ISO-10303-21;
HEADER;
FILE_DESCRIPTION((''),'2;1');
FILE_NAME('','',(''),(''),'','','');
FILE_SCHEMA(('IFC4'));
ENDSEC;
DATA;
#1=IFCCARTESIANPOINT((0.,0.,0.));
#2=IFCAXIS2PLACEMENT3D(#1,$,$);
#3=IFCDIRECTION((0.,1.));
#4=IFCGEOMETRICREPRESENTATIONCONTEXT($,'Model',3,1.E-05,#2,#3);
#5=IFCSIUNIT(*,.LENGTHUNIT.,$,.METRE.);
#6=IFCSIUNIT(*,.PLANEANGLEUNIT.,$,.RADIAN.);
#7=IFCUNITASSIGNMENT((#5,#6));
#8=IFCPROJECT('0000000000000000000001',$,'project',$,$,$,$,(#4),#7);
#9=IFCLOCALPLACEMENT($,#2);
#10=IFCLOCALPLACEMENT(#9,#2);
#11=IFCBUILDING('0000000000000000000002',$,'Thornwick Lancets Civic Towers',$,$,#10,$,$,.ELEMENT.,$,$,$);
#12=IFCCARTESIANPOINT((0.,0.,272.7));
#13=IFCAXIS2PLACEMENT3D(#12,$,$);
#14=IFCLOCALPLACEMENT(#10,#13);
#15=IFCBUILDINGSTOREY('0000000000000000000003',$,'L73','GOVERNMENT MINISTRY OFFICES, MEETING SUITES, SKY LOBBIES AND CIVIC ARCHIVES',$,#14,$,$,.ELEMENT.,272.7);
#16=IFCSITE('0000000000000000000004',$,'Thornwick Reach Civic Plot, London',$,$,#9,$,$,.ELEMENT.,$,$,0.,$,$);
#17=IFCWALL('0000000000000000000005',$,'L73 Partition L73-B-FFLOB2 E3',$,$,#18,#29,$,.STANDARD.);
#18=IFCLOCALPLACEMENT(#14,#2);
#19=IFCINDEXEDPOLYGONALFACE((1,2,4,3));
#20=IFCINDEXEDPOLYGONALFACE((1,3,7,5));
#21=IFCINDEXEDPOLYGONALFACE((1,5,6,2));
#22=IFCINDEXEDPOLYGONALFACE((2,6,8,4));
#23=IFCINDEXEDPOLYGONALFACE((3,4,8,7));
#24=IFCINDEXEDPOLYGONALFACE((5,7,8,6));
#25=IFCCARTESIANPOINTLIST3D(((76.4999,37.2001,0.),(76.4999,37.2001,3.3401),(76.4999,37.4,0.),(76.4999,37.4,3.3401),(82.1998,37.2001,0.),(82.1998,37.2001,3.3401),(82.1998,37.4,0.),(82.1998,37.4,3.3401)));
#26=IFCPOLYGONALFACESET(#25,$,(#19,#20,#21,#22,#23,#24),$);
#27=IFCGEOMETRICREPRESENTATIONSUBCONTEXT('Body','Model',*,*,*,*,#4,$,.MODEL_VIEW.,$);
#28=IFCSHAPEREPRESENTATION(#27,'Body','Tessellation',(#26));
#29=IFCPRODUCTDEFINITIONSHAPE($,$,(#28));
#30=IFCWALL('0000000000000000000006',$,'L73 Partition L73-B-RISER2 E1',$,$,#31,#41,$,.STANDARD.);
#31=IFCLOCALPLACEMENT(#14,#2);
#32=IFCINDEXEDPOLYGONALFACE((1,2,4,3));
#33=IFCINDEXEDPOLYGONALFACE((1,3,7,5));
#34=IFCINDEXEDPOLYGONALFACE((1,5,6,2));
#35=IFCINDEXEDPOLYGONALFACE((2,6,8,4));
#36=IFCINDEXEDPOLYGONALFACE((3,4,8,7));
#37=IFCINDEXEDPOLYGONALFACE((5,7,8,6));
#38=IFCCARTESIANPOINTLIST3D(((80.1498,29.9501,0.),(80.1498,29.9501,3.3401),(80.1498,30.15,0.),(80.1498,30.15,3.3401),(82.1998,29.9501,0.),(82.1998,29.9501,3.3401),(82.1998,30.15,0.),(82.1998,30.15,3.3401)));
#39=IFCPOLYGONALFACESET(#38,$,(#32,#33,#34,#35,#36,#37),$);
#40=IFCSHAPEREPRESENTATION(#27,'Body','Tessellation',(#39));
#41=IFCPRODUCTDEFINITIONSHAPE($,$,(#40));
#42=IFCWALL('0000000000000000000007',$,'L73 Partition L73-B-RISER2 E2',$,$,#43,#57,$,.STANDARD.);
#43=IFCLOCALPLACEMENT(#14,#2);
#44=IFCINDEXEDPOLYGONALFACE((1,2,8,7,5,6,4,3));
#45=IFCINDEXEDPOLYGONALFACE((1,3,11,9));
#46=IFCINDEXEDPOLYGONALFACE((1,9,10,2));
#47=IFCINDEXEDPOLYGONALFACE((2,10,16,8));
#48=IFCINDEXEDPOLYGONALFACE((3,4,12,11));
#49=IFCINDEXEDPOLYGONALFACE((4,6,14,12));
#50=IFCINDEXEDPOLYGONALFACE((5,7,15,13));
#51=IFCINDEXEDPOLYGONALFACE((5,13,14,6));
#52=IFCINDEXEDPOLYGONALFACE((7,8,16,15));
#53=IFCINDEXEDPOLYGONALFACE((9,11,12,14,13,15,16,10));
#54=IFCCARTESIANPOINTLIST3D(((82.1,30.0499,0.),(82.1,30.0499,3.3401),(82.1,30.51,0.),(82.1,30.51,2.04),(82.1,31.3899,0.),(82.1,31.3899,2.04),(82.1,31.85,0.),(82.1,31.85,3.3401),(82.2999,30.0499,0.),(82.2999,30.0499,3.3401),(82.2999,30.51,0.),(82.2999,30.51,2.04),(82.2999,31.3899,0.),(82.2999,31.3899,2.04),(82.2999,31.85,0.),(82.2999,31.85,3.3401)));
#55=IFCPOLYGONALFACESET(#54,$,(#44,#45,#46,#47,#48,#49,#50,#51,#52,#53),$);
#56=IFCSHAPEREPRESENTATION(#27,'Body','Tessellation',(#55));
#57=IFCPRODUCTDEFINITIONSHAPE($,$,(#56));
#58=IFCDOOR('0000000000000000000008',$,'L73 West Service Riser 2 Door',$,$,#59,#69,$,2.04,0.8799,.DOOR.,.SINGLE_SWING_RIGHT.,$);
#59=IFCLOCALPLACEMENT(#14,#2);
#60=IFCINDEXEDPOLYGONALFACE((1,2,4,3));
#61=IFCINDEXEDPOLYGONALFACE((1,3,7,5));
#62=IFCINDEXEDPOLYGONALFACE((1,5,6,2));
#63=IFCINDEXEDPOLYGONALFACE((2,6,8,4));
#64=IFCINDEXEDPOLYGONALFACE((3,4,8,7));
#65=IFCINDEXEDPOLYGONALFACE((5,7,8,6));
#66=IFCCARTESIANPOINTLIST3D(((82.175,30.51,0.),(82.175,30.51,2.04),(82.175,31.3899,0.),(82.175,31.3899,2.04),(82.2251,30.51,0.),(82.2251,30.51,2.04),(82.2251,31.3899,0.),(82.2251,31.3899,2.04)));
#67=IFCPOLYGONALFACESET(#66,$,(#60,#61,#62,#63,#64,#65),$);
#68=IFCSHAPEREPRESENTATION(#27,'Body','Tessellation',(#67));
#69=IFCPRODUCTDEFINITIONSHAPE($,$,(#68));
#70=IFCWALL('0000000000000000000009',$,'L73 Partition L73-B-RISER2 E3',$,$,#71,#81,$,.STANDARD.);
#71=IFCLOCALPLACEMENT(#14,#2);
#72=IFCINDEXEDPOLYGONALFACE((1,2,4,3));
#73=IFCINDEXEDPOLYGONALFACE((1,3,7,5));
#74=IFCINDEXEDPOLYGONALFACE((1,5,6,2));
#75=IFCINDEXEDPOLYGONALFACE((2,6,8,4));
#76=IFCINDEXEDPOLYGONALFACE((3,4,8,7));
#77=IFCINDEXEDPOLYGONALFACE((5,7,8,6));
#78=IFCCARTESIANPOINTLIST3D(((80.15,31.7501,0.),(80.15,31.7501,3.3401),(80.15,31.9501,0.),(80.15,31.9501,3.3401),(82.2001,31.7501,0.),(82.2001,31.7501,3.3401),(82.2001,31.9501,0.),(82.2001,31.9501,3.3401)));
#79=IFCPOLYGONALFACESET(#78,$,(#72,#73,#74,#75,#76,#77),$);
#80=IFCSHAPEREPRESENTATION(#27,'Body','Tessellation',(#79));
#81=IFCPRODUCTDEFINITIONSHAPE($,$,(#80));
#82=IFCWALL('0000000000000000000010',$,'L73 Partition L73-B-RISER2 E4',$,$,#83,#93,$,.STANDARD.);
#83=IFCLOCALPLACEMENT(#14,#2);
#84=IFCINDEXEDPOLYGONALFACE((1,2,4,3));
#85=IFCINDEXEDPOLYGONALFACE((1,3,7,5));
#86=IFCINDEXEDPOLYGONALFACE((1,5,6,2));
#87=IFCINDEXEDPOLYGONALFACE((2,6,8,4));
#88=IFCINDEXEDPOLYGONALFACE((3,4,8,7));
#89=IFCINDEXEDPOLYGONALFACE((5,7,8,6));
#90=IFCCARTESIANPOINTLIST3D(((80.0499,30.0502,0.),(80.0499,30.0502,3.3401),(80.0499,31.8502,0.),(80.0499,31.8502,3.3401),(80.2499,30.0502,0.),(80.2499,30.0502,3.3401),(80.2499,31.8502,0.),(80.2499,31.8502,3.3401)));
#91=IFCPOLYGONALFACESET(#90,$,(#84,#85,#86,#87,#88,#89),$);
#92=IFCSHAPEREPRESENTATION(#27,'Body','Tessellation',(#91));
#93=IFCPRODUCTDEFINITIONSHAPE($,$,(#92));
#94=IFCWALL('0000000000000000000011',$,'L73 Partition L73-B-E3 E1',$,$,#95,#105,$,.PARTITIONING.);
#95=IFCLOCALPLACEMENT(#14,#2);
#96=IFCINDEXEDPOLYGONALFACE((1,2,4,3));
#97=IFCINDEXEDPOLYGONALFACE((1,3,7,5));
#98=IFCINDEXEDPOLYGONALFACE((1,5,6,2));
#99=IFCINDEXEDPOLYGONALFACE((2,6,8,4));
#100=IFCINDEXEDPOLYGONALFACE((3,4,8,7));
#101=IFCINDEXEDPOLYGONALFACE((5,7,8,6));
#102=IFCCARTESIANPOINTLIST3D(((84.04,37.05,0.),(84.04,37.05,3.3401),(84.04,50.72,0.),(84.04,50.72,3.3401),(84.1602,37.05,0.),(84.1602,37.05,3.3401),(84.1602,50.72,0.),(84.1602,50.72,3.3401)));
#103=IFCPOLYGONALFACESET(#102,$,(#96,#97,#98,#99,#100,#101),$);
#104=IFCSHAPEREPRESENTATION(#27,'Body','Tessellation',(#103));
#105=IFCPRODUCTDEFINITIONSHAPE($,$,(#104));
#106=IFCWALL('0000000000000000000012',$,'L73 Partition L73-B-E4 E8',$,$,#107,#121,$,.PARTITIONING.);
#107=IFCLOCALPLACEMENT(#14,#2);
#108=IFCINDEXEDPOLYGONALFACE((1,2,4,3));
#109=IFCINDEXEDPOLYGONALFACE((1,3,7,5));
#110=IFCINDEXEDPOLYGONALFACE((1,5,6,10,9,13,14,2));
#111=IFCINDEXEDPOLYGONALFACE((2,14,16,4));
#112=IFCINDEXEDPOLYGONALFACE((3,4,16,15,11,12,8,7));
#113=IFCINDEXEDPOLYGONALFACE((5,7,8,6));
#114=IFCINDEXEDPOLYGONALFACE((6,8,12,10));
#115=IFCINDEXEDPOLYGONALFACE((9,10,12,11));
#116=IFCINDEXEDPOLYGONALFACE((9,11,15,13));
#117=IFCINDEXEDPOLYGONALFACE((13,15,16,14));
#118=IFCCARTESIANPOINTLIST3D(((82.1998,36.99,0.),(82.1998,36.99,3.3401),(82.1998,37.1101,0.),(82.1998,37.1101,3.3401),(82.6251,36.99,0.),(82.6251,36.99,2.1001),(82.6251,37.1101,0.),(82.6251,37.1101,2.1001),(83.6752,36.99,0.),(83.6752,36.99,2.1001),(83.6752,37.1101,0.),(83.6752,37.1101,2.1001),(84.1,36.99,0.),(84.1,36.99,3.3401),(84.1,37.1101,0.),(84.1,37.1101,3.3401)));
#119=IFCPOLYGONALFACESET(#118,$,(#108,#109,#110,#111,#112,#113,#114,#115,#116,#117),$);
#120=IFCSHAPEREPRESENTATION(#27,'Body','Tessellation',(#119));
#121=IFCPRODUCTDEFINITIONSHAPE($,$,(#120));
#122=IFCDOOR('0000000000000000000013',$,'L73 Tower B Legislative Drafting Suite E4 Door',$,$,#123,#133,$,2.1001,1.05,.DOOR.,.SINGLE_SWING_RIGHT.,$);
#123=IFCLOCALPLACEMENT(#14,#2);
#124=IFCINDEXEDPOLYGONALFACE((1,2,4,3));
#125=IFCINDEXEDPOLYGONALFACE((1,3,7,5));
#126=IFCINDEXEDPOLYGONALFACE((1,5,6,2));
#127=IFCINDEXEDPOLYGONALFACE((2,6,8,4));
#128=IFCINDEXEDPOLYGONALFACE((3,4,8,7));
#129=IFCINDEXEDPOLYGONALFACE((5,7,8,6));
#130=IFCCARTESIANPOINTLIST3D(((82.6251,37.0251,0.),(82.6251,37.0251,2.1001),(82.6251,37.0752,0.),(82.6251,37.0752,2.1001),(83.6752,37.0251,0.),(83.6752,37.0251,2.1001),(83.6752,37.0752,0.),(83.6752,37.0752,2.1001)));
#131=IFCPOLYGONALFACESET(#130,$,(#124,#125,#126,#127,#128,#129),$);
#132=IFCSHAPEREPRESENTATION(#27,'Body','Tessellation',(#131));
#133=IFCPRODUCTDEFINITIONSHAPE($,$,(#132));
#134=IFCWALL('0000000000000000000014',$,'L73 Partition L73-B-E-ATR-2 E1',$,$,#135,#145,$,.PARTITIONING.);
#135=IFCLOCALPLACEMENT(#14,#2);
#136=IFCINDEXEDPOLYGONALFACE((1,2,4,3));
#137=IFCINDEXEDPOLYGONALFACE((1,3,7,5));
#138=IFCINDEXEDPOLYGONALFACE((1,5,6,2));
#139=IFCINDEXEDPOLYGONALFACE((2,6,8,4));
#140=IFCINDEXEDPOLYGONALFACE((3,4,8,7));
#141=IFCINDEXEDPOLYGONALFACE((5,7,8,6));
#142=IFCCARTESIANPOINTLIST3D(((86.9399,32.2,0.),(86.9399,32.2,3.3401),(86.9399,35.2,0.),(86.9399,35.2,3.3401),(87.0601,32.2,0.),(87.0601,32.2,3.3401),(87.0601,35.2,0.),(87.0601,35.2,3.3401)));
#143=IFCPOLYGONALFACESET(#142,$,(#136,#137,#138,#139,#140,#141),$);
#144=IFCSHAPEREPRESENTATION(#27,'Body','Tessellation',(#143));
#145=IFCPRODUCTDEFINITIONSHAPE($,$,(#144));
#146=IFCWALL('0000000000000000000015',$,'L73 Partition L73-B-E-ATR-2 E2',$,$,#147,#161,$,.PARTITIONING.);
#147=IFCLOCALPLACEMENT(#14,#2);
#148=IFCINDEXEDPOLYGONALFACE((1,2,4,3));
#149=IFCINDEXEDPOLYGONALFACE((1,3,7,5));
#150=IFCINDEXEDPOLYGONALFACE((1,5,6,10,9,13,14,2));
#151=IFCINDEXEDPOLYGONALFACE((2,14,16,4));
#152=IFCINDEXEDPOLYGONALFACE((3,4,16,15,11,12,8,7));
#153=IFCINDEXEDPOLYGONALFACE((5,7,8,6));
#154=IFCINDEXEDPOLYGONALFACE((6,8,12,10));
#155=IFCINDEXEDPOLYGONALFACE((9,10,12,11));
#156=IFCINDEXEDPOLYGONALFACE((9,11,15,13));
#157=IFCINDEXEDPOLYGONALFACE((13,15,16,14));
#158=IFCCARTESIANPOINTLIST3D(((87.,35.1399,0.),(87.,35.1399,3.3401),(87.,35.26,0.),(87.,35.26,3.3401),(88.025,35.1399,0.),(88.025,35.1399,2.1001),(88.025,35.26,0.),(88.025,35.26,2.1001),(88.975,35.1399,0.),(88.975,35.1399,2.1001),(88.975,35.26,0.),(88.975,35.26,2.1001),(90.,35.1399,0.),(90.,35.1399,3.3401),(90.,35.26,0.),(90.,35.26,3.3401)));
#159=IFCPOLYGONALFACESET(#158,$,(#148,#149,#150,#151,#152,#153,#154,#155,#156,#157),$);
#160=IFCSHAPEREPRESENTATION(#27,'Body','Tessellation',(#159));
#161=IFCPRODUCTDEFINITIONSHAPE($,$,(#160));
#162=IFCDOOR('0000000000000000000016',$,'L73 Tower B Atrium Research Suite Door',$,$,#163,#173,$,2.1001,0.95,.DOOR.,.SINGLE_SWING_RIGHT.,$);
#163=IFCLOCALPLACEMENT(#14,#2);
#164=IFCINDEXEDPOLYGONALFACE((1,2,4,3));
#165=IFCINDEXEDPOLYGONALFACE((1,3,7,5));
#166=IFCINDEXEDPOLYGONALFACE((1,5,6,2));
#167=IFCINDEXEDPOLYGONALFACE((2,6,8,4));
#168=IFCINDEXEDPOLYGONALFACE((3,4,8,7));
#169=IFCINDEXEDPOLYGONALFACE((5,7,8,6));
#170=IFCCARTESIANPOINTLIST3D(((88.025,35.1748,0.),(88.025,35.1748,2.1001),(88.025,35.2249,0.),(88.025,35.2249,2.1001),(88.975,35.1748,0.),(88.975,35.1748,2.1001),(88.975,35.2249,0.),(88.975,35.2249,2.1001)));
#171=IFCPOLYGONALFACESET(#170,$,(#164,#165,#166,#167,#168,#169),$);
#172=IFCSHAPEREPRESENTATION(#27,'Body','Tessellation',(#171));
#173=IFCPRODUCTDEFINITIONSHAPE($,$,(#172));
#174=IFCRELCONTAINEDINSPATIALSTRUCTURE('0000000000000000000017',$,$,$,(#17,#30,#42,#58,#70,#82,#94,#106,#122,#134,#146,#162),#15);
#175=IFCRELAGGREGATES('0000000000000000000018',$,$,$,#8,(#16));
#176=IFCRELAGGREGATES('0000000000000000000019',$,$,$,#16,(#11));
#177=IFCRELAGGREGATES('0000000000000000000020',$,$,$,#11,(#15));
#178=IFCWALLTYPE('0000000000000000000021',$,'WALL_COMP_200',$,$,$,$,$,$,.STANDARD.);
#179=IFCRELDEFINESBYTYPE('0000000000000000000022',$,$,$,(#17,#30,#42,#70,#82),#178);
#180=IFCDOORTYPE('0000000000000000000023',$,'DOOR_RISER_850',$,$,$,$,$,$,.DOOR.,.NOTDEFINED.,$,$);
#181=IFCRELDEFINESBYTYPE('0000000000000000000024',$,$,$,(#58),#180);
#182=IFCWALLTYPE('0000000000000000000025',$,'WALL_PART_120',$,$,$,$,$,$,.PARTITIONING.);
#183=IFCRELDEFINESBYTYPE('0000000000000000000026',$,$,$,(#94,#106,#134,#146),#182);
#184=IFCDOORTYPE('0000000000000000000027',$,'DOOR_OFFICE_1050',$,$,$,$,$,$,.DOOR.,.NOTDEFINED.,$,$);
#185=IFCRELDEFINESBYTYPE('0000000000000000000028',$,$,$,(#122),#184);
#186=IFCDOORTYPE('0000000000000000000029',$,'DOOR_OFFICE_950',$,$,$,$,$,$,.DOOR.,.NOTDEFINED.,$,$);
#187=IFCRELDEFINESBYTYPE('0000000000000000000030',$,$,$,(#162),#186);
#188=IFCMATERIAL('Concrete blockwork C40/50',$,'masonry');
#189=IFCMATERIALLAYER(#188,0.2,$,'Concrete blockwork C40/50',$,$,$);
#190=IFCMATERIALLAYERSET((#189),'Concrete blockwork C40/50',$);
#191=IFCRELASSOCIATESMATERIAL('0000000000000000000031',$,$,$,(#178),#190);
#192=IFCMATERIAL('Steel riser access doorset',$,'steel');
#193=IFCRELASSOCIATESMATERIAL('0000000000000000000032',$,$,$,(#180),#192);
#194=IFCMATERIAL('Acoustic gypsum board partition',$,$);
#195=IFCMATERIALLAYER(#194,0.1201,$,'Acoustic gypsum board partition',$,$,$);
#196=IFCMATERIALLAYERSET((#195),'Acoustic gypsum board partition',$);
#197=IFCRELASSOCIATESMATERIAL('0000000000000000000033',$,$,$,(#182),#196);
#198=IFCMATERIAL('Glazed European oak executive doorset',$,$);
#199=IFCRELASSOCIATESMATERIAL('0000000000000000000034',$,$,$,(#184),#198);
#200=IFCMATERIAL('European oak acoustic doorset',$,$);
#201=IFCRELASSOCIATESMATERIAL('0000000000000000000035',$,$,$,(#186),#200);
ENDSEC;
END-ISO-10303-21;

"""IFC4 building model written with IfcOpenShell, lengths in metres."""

from ifc_helpers import new_model, si_unit, direction, frame, frame_2d, origin, place, context, subcontext, project, spatial, rectangle, extrude, material, layer, layer_set, type_object, element, fill, save


model = new_model("IFC4")

# Units and contexts
model_context = context("Model", 3, precision=1e-05, world=origin(), true_north=direction((0.0, 1.0)))
body_context = subcontext(model_context, "Body", "Model", "MODEL_VIEW")
ifc_project = project(units=[si_unit("LENGTHUNIT", "METRE"), si_unit("PLANEANGLEUNIT", "RADIAN")], contexts=[model_context])

# Site, building, storey
site_placement = place(None, origin())
site = spatial("IfcSite", under=ifc_project, at=site_placement, Name="Thornwick Reach Civic Plot, London", CompositionType="ELEMENT", RefElevation=0.0)
building_placement = place(site_placement, origin())
building = spatial("IfcBuilding", under=site, at=building_placement, Name="Thornwick Lancets Civic Towers", CompositionType="ELEMENT")
storey_placement = place(building_placement, frame((0.0, 0.0, 272.7)))
storey = spatial("IfcBuildingStorey", under=building, at=storey_placement, Name="L73", Description="GOVERNMENT MINISTRY OFFICES, MEETING SUITES, SKY LOBBIES AND CIVIC ARCHIVES", CompositionType="ELEMENT", Elevation=272.7)

# Shared definitions
ifc_material_1 = material(Name="Concrete blockwork C40/50", Category="masonry")
ifc_layer_1 = layer(ifc_material_1, 0.2, Name="Concrete blockwork C40/50")
ifc_layer_set_1 = layer_set([ifc_layer_1], Name="Concrete blockwork C40/50")
wall_type_1 = type_object("IfcWallType", Name="WALL_COMP_200", PredefinedType="STANDARD", material=ifc_layer_set_1)

# Walls
wall_1_placement = place(storey_placement, frame((82.2, 37.3, 0.0), z_axis=(0.0, 0.0, 1.0), x_axis=(-1.0, 0.0, 0.0)))
element("IfcWall", 1, at=wall_1_placement, inside=storey, type_object=wall_type_1, Name="L73 Partition L73-B-FFLOB2 E3", PredefinedType="STANDARD", context=body_context, shape_type="SweptSolid", body=[
    extrude(rectangle(XDim=5.7, YDim=0.2, at=frame_2d((2.8501, 0.0))), origin(), (0.0, 0.0, 1.0), 3.3401),
])
wall_2_placement = place(storey_placement, frame((80.1499, 30.05, 0.0), z_axis=(0.0, 0.0, 1.0), x_axis=(1.0, 0.0, 0.0)))
element("IfcWall", 2, at=wall_2_placement, inside=storey, type_object=wall_type_1, Name="L73 Partition L73-B-RISER2 E1", PredefinedType="STANDARD", context=body_context, shape_type="SweptSolid", body=[
    extrude(rectangle(XDim=2.05, YDim=0.2, at=frame_2d((1.0249, 0.0))), origin(), (0.0, 0.0, 1.0), 3.3401),
])

# Wall, opening, door
wall_3_placement = place(storey_placement, frame((82.2, 30.05, 0.0), z_axis=(0.0, 0.0, 1.0), x_axis=(0.0, 1.0, 0.0)))
wall_3 = element("IfcWall", 3, at=wall_3_placement, inside=storey, type_object=wall_type_1, Name="L73 Partition L73-B-RISER2 E2", PredefinedType="STANDARD", context=body_context, shape_type="SweptSolid", body=[
    extrude(rectangle(XDim=1.8, YDim=0.2, at=frame_2d((0.8999, 0.0))), origin(), (0.0, 0.0, 1.0), 3.3401),
])
opening_1_placement = place(wall_3_placement, frame((0.46, 0.0, 0.0)))
opening_1 = element("IfcOpeningElement", 4, at=opening_1_placement, cuts=wall_3, PredefinedType="OPENING", context=body_context, shape_type="SweptSolid", body=[
    extrude(rectangle(XDim=0.8799, YDim=2.04, at=frame_2d((0.4399, 1.02))), frame((0.0, 0.1099, 0.0), z_axis=(0.0, -1.0, 0.0), x_axis=(1.0, 0.0, 0.0)), (0.0, 0.0, 1.0), 0.22),
])
ifc_material_2 = material(Name="Steel riser access doorset", Category="steel")
door_type_1 = type_object("IfcDoorType", Name="DOOR_RISER_850", OperationType="NOTDEFINED", PredefinedType="DOOR", material=ifc_material_2)
door_1_placement = place(opening_1_placement, origin())
door_1 = element("IfcDoor", 5, at=door_1_placement, inside=storey, type_object=door_type_1, Name="L73 West Service Riser 2 Door", OperationType="SINGLE_SWING_RIGHT", OverallHeight=2.04, OverallWidth=0.8799, PredefinedType="DOOR", context=body_context, shape_type="SweptSolid", body=[
    extrude(rectangle(XDim=0.8799, YDim=2.04, at=frame_2d((0.4399, 1.02))), frame((0.0, 0.0249, 0.0), z_axis=(0.0, -1.0, 0.0), x_axis=(1.0, 0.0, 0.0)), (0.0, 0.0, 1.0), 0.05),
])
fill(opening_1, door_1)

# Walls
wall_4_placement = place(storey_placement, frame((82.2, 31.8501, 0.0), z_axis=(0.0, 0.0, 1.0), x_axis=(-1.0, 0.0, 0.0)))
element("IfcWall", 6, at=wall_4_placement, inside=storey, type_object=wall_type_1, Name="L73 Partition L73-B-RISER2 E3", PredefinedType="STANDARD", context=body_context, shape_type="SweptSolid", body=[
    extrude(rectangle(XDim=2.05, YDim=0.2, at=frame_2d((1.0249, 0.0))), origin(), (0.0, 0.0, 1.0), 3.3401),
])
wall_5_placement = place(storey_placement, frame((80.1499, 31.8501, 0.0), z_axis=(0.0, 0.0, 1.0), x_axis=(0.0, -1.0, 0.0)))
element("IfcWall", 7, at=wall_5_placement, inside=storey, type_object=wall_type_1, Name="L73 Partition L73-B-RISER2 E4", PredefinedType="STANDARD", context=body_context, shape_type="SweptSolid", body=[
    extrude(rectangle(XDim=1.8, YDim=0.2, at=frame_2d((0.8999, 0.0))), origin(), (0.0, 0.0, 1.0), 3.3401),
])
ifc_material_3 = material(Name="Acoustic gypsum board partition")
ifc_layer_2 = layer(ifc_material_3, 0.1201, Name="Acoustic gypsum board partition")
ifc_layer_set_2 = layer_set([ifc_layer_2], Name="Acoustic gypsum board partition")
wall_type_2 = type_object("IfcWallType", Name="WALL_PART_120", PredefinedType="PARTITIONING", material=ifc_layer_set_2)
wall_6_placement = place(storey_placement, frame((84.1001, 37.05, 0.0), z_axis=(0.0, 0.0, 1.0), x_axis=(0.0, 1.0, 0.0)))
element("IfcWall", 8, at=wall_6_placement, inside=storey, type_object=wall_type_2, Name="L73 Partition L73-B-E3 E1", PredefinedType="PARTITIONING", context=body_context, shape_type="SweptSolid", body=[
    extrude(rectangle(XDim=13.6699, YDim=0.1201, at=frame_2d((6.835, 0.0))), origin(), (0.0, 0.0, 1.0), 3.3401),
])

# Wall, opening, door
wall_7_placement = place(storey_placement, frame((84.1001, 37.05, 0.0), z_axis=(0.0, 0.0, 1.0), x_axis=(-1.0, 0.0, 0.0)))
wall_7 = element("IfcWall", 9, at=wall_7_placement, inside=storey, type_object=wall_type_2, Name="L73 Partition L73-B-E4 E8", PredefinedType="PARTITIONING", context=body_context, shape_type="SweptSolid", body=[
    extrude(rectangle(XDim=1.9001, YDim=0.1201, at=frame_2d((0.9502, 0.0))), origin(), (0.0, 0.0, 1.0), 3.3401),
])
opening_2_placement = place(wall_7_placement, frame((0.425, 0.0, 0.0)))
opening_2 = element("IfcOpeningElement", 10, at=opening_2_placement, cuts=wall_7, PredefinedType="OPENING", context=body_context, shape_type="SweptSolid", body=[
    extrude(rectangle(XDim=1.05, YDim=2.1001, at=frame_2d((0.5249, 1.05))), frame((0.0, 0.0701, 0.0), z_axis=(0.0, -1.0, 0.0), x_axis=(1.0, 0.0, 0.0)), (0.0, 0.0, 1.0), 0.1401),
])
ifc_material_4 = material(Name="Glazed European oak executive doorset")
door_type_2 = type_object("IfcDoorType", Name="DOOR_OFFICE_1050", OperationType="NOTDEFINED", PredefinedType="DOOR", material=ifc_material_4)
door_2_placement = place(opening_2_placement, origin())
door_2 = element("IfcDoor", 11, at=door_2_placement, inside=storey, type_object=door_type_2, Name="L73 Tower B Legislative Drafting Suite E4 Door", OperationType="SINGLE_SWING_RIGHT", OverallHeight=2.1001, OverallWidth=1.05, PredefinedType="DOOR", context=body_context, shape_type="SweptSolid", body=[
    extrude(rectangle(XDim=1.05, YDim=2.1001, at=frame_2d((0.5249, 1.05))), frame((0.0, 0.0249, 0.0), z_axis=(0.0, -1.0, 0.0), x_axis=(1.0, 0.0, 0.0)), (0.0, 0.0, 1.0), 0.05),
])
fill(opening_2, door_2)

# Wall
wall_8_placement = place(storey_placement, frame((87.0, 32.2, 0.0), z_axis=(0.0, 0.0, 1.0), x_axis=(0.0, 1.0, 0.0)))
element("IfcWall", 12, at=wall_8_placement, inside=storey, type_object=wall_type_2, Name="L73 Partition L73-B-E-ATR-2 E1", PredefinedType="PARTITIONING", context=body_context, shape_type="SweptSolid", body=[
    extrude(rectangle(XDim=3.0, YDim=0.1201, at=frame_2d((1.5, 0.0))), origin(), (0.0, 0.0, 1.0), 3.3401),
])

# Wall, opening, door
wall_9_placement = place(storey_placement, frame((87.0, 35.2, 0.0), z_axis=(0.0, 0.0, 1.0), x_axis=(1.0, 0.0, 0.0)))
wall_9 = element("IfcWall", 13, at=wall_9_placement, inside=storey, type_object=wall_type_2, Name="L73 Partition L73-B-E-ATR-2 E2", PredefinedType="PARTITIONING", context=body_context, shape_type="SweptSolid", body=[
    extrude(rectangle(XDim=3.0, YDim=0.1201, at=frame_2d((1.5, 0.0))), origin(), (0.0, 0.0, 1.0), 3.3401),
])
opening_3_placement = place(wall_9_placement, frame((1.0249, 0.0, 0.0)))
opening_3 = element("IfcOpeningElement", 14, at=opening_3_placement, cuts=wall_9, PredefinedType="OPENING", context=body_context, shape_type="SweptSolid", body=[
    extrude(rectangle(XDim=0.95, YDim=2.1001, at=frame_2d((0.4751, 1.05))), frame((0.0, 0.0701, 0.0), z_axis=(0.0, -1.0, 0.0), x_axis=(1.0, 0.0, 0.0)), (0.0, 0.0, 1.0), 0.1401),
])
ifc_material_5 = material(Name="European oak acoustic doorset")
door_type_3 = type_object("IfcDoorType", Name="DOOR_OFFICE_950", OperationType="NOTDEFINED", PredefinedType="DOOR", material=ifc_material_5)
door_3_placement = place(opening_3_placement, origin())
door_3 = element("IfcDoor", 15, at=door_3_placement, inside=storey, type_object=door_type_3, Name="L73 Tower B Atrium Research Suite Door", OperationType="SINGLE_SWING_RIGHT", OverallHeight=2.1001, OverallWidth=0.95, PredefinedType="DOOR", context=body_context, shape_type="SweptSolid", body=[
    extrude(rectangle(XDim=0.95, YDim=2.1001, at=frame_2d((0.4751, 1.05))), frame((0.0, 0.0249, 0.0), z_axis=(0.0, -1.0, 0.0), x_axis=(1.0, 0.0, 0.0)), (0.0, 0.0, 1.0), 0.05),
])
fill(opening_3, door_3)

save(model, "model.ifc")
